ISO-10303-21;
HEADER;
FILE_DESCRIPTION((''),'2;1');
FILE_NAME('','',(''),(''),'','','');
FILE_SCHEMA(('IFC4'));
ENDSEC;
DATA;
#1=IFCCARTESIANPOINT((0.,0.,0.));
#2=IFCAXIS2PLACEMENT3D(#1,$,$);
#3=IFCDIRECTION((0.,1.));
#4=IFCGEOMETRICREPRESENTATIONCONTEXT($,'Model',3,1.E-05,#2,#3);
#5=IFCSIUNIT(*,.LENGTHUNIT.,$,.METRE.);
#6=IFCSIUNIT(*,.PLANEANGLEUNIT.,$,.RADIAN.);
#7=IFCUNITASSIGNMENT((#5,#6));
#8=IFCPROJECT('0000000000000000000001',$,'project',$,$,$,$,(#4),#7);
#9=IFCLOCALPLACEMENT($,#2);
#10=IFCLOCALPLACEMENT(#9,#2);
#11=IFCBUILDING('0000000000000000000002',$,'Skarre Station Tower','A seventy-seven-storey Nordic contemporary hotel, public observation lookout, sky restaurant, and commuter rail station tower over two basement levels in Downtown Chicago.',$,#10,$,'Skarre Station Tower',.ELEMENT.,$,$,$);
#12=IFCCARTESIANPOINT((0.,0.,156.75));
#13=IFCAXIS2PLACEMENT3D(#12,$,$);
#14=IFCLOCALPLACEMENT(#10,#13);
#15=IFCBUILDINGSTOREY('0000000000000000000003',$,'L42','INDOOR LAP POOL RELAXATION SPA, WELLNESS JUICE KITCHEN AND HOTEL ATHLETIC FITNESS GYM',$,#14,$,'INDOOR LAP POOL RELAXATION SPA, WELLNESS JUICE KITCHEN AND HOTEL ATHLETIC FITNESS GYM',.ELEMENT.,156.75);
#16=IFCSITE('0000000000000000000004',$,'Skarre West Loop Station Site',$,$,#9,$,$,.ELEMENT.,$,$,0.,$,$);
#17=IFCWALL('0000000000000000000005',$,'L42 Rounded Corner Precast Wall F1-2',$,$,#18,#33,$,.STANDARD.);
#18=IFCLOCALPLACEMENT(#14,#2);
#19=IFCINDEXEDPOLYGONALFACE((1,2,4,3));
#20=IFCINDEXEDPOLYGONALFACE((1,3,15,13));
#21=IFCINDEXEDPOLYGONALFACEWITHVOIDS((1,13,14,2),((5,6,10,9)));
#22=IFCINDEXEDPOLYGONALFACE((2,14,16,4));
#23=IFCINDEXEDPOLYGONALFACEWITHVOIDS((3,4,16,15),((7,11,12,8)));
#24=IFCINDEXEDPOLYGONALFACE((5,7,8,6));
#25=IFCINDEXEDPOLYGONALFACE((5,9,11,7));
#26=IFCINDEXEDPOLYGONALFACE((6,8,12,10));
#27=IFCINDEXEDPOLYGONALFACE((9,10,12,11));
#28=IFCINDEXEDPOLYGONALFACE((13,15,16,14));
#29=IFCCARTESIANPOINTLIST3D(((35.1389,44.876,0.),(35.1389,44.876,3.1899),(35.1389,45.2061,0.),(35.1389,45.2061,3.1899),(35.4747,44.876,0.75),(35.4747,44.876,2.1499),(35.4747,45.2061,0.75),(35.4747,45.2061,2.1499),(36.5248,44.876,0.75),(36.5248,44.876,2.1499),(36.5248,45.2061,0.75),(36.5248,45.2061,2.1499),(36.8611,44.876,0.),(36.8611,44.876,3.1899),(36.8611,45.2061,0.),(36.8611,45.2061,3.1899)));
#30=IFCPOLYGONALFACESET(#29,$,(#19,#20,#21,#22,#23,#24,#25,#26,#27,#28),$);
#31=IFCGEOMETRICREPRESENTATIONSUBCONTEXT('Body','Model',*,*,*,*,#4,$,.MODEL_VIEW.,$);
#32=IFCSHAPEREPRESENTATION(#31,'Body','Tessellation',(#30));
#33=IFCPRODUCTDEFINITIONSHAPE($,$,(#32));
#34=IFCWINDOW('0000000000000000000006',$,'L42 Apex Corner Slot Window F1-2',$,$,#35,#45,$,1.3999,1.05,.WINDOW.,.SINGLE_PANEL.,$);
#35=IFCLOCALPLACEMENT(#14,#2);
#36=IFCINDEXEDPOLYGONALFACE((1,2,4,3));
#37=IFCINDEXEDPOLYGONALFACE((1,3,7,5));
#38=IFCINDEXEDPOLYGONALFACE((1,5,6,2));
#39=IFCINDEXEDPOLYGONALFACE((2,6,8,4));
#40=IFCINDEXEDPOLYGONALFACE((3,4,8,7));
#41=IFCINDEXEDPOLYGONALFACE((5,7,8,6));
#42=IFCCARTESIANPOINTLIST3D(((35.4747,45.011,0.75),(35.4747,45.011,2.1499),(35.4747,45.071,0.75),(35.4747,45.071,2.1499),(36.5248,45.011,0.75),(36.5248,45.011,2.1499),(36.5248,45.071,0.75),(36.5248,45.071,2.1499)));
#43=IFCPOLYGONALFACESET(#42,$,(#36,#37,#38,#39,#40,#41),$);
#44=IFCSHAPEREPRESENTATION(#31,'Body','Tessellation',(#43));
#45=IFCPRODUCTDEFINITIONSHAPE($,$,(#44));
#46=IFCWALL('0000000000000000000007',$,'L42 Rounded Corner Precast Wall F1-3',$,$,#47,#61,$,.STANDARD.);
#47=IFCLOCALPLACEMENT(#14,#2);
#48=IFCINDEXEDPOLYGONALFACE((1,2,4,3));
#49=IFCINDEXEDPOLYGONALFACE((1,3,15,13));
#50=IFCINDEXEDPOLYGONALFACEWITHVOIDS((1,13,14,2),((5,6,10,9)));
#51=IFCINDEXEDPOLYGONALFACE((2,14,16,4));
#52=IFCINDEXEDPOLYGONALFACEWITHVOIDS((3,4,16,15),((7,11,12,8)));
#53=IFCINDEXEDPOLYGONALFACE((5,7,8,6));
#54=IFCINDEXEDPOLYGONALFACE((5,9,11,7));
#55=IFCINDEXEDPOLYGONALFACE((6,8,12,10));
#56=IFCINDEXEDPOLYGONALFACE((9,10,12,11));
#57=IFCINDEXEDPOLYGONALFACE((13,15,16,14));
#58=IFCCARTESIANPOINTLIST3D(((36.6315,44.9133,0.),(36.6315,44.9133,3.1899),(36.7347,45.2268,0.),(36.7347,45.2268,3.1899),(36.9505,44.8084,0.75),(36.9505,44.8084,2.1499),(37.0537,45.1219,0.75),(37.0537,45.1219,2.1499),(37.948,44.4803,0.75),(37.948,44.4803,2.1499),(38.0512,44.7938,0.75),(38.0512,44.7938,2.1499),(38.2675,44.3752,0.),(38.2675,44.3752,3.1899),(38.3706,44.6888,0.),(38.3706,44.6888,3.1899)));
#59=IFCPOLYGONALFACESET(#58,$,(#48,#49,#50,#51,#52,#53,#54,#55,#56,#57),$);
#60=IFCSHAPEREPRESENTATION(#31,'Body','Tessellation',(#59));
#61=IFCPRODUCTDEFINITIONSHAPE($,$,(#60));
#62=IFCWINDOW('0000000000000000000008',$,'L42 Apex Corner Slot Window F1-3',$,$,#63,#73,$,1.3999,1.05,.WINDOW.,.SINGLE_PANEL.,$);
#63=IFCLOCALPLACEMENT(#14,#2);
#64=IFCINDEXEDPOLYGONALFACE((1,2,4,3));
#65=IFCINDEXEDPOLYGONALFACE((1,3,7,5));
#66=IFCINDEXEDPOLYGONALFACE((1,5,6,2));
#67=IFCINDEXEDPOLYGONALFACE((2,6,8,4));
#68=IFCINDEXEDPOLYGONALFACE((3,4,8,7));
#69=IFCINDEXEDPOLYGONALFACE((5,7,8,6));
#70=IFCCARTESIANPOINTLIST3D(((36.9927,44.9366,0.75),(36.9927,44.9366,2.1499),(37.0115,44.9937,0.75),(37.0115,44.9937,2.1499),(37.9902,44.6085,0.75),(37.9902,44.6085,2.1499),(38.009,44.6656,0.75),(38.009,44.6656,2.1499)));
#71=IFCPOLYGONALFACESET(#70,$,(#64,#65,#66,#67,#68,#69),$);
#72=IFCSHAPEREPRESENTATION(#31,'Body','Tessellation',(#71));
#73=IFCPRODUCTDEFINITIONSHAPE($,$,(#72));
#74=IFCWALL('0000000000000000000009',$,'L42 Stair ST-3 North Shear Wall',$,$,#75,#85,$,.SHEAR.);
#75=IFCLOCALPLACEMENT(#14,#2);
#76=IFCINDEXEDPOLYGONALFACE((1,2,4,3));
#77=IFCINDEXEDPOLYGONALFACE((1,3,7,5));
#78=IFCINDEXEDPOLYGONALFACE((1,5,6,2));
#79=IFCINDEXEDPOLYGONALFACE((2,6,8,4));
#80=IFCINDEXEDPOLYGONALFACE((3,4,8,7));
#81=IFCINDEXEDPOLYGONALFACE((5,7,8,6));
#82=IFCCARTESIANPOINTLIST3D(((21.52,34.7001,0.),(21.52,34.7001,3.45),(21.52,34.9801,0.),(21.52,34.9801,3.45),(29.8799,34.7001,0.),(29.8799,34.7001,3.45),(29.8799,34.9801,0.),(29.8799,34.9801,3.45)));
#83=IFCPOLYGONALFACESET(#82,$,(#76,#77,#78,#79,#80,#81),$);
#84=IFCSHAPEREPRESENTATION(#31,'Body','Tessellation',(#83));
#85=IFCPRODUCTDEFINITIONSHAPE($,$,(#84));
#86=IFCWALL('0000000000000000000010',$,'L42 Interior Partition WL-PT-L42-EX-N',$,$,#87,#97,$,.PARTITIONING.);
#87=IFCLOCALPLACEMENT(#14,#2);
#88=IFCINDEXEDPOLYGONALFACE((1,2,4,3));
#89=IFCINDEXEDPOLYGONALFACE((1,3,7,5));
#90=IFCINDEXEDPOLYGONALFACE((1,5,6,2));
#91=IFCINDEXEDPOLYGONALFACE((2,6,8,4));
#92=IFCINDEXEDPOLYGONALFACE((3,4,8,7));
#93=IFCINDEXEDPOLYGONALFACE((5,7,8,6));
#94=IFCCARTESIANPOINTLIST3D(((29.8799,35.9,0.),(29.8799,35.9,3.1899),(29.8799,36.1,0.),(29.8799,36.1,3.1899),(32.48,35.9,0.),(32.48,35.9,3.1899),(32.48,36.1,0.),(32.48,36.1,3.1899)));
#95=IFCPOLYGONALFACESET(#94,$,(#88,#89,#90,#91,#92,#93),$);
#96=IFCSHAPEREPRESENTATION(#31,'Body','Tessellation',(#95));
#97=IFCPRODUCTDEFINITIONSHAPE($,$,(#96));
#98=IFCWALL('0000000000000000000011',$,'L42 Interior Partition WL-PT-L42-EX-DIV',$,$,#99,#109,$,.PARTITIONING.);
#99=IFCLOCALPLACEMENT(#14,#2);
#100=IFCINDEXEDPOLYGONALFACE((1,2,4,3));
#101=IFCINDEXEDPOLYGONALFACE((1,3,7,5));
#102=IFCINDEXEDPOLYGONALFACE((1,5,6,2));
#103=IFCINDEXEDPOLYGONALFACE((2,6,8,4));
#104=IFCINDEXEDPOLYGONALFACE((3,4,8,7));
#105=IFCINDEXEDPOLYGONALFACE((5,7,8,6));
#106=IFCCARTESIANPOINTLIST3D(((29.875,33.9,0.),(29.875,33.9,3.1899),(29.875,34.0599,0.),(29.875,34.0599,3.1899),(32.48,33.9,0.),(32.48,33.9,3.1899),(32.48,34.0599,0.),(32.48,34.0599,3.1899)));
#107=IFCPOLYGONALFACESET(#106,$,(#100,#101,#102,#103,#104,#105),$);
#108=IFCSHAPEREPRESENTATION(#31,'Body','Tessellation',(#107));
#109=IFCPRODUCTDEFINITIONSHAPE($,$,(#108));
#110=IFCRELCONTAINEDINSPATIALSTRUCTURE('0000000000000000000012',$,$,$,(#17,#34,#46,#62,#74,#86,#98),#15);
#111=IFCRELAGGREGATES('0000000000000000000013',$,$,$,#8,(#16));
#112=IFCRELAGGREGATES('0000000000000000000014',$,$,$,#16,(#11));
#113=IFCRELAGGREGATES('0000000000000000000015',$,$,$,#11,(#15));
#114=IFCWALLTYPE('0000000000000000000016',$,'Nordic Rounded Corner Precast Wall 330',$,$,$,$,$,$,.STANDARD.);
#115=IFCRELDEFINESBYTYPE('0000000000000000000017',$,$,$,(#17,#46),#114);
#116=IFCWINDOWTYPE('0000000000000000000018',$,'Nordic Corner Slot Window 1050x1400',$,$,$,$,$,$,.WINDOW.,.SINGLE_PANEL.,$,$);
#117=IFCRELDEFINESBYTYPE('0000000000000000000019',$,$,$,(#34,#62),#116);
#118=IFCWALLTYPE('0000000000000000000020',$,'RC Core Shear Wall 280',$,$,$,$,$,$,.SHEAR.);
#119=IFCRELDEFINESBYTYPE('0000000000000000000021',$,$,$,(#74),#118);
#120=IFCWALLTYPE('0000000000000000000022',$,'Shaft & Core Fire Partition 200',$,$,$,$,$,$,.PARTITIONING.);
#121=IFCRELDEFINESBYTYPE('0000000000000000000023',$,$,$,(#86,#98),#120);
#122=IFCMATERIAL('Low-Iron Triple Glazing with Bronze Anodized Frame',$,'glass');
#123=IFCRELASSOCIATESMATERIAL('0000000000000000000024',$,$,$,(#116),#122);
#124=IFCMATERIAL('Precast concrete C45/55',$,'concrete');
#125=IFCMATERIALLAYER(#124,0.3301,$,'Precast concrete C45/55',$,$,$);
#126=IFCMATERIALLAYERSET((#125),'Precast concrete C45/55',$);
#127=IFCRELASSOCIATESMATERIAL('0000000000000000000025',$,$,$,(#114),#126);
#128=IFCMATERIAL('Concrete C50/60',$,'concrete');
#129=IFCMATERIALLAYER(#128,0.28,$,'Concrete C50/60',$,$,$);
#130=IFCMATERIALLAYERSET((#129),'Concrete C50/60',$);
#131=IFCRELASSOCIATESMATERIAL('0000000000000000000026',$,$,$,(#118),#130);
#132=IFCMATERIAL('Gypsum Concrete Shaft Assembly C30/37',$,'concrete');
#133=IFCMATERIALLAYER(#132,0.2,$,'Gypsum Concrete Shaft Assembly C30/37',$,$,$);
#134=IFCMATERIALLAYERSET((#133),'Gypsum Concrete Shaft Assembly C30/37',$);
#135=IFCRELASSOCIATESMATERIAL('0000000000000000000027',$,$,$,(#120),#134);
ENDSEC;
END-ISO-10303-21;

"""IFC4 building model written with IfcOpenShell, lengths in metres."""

from ifc_helpers import new_model, si_unit, direction, frame, frame_2d, origin, place, context, subcontext, project, spatial, rectangle, extrude, material, layer, layer_set, type_object, element, fill, save


model = new_model("IFC4")

# Units and contexts
model_context = context("Model", 3, precision=1e-05, world=origin(), true_north=direction((0.0, 1.0)))
body_context = subcontext(model_context, "Body", "Model", "MODEL_VIEW")
ifc_project = project(units=[si_unit("LENGTHUNIT", "METRE"), si_unit("PLANEANGLEUNIT", "RADIAN")], contexts=[model_context])

# Site, building, storey
site_placement = place(None, origin())
site = spatial("IfcSite", under=ifc_project, at=site_placement, Name="Skarre West Loop Station Site", CompositionType="ELEMENT", RefElevation=0.0)
building_placement = place(site_placement, origin())
building = spatial("IfcBuilding", under=site, at=building_placement, Name="Skarre Station Tower", Description="A seventy-seven-storey Nordic contemporary hotel, public observation lookout, sky restaurant, and commuter rail station tower over two basement levels in Downtown Chicago.", LongName="Skarre Station Tower", CompositionType="ELEMENT")
storey_placement = place(building_placement, frame((0.0, 0.0, 156.75)))
storey = spatial("IfcBuildingStorey", under=building, at=storey_placement, Name="L42", Description="INDOOR LAP POOL RELAXATION SPA, WELLNESS JUICE KITCHEN AND HOTEL ATHLETIC FITNESS GYM", LongName="INDOOR LAP POOL RELAXATION SPA, WELLNESS JUICE KITCHEN AND HOTEL ATHLETIC FITNESS GYM", CompositionType="ELEMENT", Elevation=156.75)

# Shared definitions
ifc_material_1 = material(Name="Precast concrete C45/55", Category="concrete")
ifc_material_2 = material(Name="Low-Iron Triple Glazing with Bronze Anodized Frame", Category="glass")
window_type_1 = type_object("IfcWindowType", Name="Nordic Corner Slot Window 1050x1400", PartitioningType="SINGLE_PANEL", PredefinedType="WINDOW", material=ifc_material_2)

# Shared definitions
ifc_layer_1 = layer(ifc_material_1, 0.3301, Name="Precast concrete C45/55")
ifc_layer_set_1 = layer_set([ifc_layer_1], Name="Precast concrete C45/55")
wall_type_1 = type_object("IfcWallType", Name="Nordic Rounded Corner Precast Wall 330", PredefinedType="STANDARD", material=ifc_layer_set_1)

# Walls, openings, windows
wall_1_placement = place(storey_placement, frame((35.1389, 45.041, 0.0), z_axis=(0.0, 0.0, 1.0), x_axis=(1.0, 0.0, 0.0)))
wall_1 = element("IfcWall", 1, at=wall_1_placement, inside=storey, type_object=wall_type_1, Name="L42 Rounded Corner Precast Wall F1-2", PredefinedType="STANDARD", context=body_context, shape_type="SweptSolid", body=[
    extrude(rectangle(XDim=1.7222, YDim=0.3301, at=frame_2d((0.8611, 0.0))), origin(), (0.0, 0.0, 1.0), 3.1899),
])
opening_1_placement = place(wall_1_placement, frame((0.3359, 0.0, 0.75)))
opening_1 = element("IfcOpeningElement", 2, at=opening_1_placement, cuts=wall_1, PredefinedType="OPENING", context=body_context, shape_type="SweptSolid", body=[
    extrude(rectangle(XDim=1.05, YDim=1.3999, at=frame_2d((0.5249, 0.7))), frame((0.0, 0.175, 0.0), z_axis=(0.0, -1.0, 0.0), x_axis=(1.0, 0.0, 0.0)), (0.0, 0.0, 1.0), 0.3501),
])
window_1_placement = place(opening_1_placement, origin())
window_1 = element("IfcWindow", 3, at=window_1_placement, inside=storey, type_object=window_type_1, Name="L42 Apex Corner Slot Window F1-2", OverallHeight=1.3999, OverallWidth=1.05, PartitioningType="SINGLE_PANEL", PredefinedType="WINDOW", context=body_context, shape_type="SweptSolid", body=[
    extrude(rectangle(XDim=1.05, YDim=1.3999, at=frame_2d((0.5249, 0.7))), frame((0.0, 0.03, 0.0), z_axis=(0.0, -1.0, 0.0), x_axis=(1.0, 0.0, 0.0)), (0.0, 0.0, 1.0), 0.0601),
])
fill(opening_1, window_1)
wall_2_placement = place(storey_placement, frame((36.6831, 45.0701, 0.0), z_axis=(0.0, 0.0, 1.0), x_axis=(0.949937, -0.31244, 0.0)))
wall_2 = element("IfcWall", 4, at=wall_2_placement, inside=storey, type_object=wall_type_1, Name="L42 Rounded Corner Precast Wall F1-3", PredefinedType="STANDARD", context=body_context, shape_type="SweptSolid", body=[
    extrude(rectangle(XDim=1.7222, YDim=0.3301, at=frame_2d((0.8611, 0.0))), origin(), (0.0, 0.0, 1.0), 3.1899),
])
opening_2_placement = place(wall_2_placement, frame((0.3359, 0.0, 0.75)))
opening_2 = element("IfcOpeningElement", 5, at=opening_2_placement, cuts=wall_2, PredefinedType="OPENING", context=body_context, shape_type="SweptSolid", body=[
    extrude(rectangle(XDim=1.05, YDim=1.3999, at=frame_2d((0.5249, 0.7))), frame((0.0, 0.175, 0.0), z_axis=(0.0, -1.0, 0.0), x_axis=(1.0, 0.0, 0.0)), (0.0, 0.0, 1.0), 0.3501),
])
window_2_placement = place(opening_2_placement, origin())
window_2 = element("IfcWindow", 6, at=window_2_placement, inside=storey, type_object=window_type_1, Name="L42 Apex Corner Slot Window F1-3", OverallHeight=1.3999, OverallWidth=1.05, PartitioningType="SINGLE_PANEL", PredefinedType="WINDOW", context=body_context, shape_type="SweptSolid", body=[
    extrude(rectangle(XDim=1.05, YDim=1.3999, at=frame_2d((0.5249, 0.7))), frame((0.0, 0.03, 0.0), z_axis=(0.0, -1.0, 0.0), x_axis=(1.0, 0.0, 0.0)), (0.0, 0.0, 1.0), 0.0601),
])
fill(opening_2, window_2)

# Walls
ifc_material_3 = material(Name="Concrete C50/60", Category="concrete")
ifc_layer_2 = layer(ifc_material_3, 0.28, Name="Concrete C50/60")
ifc_layer_set_2 = layer_set([ifc_layer_2], Name="Concrete C50/60")
wall_type_2 = type_object("IfcWallType", Name="RC Core Shear Wall 280", PredefinedType="SHEAR", material=ifc_layer_set_2)
wall_3_placement = place(storey_placement, frame((29.8799, 34.8401, 0.0), z_axis=(0.0, 0.0, 1.0), x_axis=(-1.0, 0.0, 0.0)))
element("IfcWall", 7, at=wall_3_placement, inside=storey, type_object=wall_type_2, Name="L42 Stair ST-3 North Shear Wall", PredefinedType="SHEAR", context=body_context, shape_type="SweptSolid", body=[
    extrude(rectangle(XDim=8.3599, YDim=0.28, at=frame_2d((4.1799, 0.0))), origin(), (0.0, 0.0, 1.0), 3.45),
])
ifc_material_4 = material(Name="Gypsum Concrete Shaft Assembly C30/37", Category="concrete")
ifc_layer_3 = layer(ifc_material_4, 0.2, Name="Gypsum Concrete Shaft Assembly C30/37")
ifc_layer_set_3 = layer_set([ifc_layer_3], Name="Gypsum Concrete Shaft Assembly C30/37")
wall_type_3 = type_object("IfcWallType", Name="Shaft & Core Fire Partition 200", PredefinedType="PARTITIONING", material=ifc_layer_set_3)
wall_4_placement = place(storey_placement, frame((29.8799, 36.0, 0.0), z_axis=(0.0, 0.0, 1.0), x_axis=(1.0, 0.0, 0.0)))
element("IfcWall", 8, at=wall_4_placement, inside=storey, type_object=wall_type_3, Name="L42 Interior Partition WL-PT-L42-EX-N", PredefinedType="PARTITIONING", context=body_context, shape_type="SweptSolid", body=[
    extrude(rectangle(XDim=2.6001, YDim=0.2, at=frame_2d((1.3, 0.0))), origin(), (0.0, 0.0, 1.0), 3.1899),
])
wall_5_placement = place(storey_placement, frame((29.875, 33.98, 0.0), z_axis=(0.0, 0.0, 1.0), x_axis=(1.0, 0.0, 0.0)))
element("IfcWall", 9, at=wall_5_placement, inside=storey, type_object=wall_type_3, Name="L42 Interior Partition WL-PT-L42-EX-DIV", PredefinedType="PARTITIONING", context=body_context, shape_type="SweptSolid", body=[
    extrude(rectangle(XDim=2.605, YDim=0.1599, at=frame_2d((1.3025, 0.0))), origin(), (0.0, 0.0, 1.0), 3.1899),
])

save(model, "model.ifc")
